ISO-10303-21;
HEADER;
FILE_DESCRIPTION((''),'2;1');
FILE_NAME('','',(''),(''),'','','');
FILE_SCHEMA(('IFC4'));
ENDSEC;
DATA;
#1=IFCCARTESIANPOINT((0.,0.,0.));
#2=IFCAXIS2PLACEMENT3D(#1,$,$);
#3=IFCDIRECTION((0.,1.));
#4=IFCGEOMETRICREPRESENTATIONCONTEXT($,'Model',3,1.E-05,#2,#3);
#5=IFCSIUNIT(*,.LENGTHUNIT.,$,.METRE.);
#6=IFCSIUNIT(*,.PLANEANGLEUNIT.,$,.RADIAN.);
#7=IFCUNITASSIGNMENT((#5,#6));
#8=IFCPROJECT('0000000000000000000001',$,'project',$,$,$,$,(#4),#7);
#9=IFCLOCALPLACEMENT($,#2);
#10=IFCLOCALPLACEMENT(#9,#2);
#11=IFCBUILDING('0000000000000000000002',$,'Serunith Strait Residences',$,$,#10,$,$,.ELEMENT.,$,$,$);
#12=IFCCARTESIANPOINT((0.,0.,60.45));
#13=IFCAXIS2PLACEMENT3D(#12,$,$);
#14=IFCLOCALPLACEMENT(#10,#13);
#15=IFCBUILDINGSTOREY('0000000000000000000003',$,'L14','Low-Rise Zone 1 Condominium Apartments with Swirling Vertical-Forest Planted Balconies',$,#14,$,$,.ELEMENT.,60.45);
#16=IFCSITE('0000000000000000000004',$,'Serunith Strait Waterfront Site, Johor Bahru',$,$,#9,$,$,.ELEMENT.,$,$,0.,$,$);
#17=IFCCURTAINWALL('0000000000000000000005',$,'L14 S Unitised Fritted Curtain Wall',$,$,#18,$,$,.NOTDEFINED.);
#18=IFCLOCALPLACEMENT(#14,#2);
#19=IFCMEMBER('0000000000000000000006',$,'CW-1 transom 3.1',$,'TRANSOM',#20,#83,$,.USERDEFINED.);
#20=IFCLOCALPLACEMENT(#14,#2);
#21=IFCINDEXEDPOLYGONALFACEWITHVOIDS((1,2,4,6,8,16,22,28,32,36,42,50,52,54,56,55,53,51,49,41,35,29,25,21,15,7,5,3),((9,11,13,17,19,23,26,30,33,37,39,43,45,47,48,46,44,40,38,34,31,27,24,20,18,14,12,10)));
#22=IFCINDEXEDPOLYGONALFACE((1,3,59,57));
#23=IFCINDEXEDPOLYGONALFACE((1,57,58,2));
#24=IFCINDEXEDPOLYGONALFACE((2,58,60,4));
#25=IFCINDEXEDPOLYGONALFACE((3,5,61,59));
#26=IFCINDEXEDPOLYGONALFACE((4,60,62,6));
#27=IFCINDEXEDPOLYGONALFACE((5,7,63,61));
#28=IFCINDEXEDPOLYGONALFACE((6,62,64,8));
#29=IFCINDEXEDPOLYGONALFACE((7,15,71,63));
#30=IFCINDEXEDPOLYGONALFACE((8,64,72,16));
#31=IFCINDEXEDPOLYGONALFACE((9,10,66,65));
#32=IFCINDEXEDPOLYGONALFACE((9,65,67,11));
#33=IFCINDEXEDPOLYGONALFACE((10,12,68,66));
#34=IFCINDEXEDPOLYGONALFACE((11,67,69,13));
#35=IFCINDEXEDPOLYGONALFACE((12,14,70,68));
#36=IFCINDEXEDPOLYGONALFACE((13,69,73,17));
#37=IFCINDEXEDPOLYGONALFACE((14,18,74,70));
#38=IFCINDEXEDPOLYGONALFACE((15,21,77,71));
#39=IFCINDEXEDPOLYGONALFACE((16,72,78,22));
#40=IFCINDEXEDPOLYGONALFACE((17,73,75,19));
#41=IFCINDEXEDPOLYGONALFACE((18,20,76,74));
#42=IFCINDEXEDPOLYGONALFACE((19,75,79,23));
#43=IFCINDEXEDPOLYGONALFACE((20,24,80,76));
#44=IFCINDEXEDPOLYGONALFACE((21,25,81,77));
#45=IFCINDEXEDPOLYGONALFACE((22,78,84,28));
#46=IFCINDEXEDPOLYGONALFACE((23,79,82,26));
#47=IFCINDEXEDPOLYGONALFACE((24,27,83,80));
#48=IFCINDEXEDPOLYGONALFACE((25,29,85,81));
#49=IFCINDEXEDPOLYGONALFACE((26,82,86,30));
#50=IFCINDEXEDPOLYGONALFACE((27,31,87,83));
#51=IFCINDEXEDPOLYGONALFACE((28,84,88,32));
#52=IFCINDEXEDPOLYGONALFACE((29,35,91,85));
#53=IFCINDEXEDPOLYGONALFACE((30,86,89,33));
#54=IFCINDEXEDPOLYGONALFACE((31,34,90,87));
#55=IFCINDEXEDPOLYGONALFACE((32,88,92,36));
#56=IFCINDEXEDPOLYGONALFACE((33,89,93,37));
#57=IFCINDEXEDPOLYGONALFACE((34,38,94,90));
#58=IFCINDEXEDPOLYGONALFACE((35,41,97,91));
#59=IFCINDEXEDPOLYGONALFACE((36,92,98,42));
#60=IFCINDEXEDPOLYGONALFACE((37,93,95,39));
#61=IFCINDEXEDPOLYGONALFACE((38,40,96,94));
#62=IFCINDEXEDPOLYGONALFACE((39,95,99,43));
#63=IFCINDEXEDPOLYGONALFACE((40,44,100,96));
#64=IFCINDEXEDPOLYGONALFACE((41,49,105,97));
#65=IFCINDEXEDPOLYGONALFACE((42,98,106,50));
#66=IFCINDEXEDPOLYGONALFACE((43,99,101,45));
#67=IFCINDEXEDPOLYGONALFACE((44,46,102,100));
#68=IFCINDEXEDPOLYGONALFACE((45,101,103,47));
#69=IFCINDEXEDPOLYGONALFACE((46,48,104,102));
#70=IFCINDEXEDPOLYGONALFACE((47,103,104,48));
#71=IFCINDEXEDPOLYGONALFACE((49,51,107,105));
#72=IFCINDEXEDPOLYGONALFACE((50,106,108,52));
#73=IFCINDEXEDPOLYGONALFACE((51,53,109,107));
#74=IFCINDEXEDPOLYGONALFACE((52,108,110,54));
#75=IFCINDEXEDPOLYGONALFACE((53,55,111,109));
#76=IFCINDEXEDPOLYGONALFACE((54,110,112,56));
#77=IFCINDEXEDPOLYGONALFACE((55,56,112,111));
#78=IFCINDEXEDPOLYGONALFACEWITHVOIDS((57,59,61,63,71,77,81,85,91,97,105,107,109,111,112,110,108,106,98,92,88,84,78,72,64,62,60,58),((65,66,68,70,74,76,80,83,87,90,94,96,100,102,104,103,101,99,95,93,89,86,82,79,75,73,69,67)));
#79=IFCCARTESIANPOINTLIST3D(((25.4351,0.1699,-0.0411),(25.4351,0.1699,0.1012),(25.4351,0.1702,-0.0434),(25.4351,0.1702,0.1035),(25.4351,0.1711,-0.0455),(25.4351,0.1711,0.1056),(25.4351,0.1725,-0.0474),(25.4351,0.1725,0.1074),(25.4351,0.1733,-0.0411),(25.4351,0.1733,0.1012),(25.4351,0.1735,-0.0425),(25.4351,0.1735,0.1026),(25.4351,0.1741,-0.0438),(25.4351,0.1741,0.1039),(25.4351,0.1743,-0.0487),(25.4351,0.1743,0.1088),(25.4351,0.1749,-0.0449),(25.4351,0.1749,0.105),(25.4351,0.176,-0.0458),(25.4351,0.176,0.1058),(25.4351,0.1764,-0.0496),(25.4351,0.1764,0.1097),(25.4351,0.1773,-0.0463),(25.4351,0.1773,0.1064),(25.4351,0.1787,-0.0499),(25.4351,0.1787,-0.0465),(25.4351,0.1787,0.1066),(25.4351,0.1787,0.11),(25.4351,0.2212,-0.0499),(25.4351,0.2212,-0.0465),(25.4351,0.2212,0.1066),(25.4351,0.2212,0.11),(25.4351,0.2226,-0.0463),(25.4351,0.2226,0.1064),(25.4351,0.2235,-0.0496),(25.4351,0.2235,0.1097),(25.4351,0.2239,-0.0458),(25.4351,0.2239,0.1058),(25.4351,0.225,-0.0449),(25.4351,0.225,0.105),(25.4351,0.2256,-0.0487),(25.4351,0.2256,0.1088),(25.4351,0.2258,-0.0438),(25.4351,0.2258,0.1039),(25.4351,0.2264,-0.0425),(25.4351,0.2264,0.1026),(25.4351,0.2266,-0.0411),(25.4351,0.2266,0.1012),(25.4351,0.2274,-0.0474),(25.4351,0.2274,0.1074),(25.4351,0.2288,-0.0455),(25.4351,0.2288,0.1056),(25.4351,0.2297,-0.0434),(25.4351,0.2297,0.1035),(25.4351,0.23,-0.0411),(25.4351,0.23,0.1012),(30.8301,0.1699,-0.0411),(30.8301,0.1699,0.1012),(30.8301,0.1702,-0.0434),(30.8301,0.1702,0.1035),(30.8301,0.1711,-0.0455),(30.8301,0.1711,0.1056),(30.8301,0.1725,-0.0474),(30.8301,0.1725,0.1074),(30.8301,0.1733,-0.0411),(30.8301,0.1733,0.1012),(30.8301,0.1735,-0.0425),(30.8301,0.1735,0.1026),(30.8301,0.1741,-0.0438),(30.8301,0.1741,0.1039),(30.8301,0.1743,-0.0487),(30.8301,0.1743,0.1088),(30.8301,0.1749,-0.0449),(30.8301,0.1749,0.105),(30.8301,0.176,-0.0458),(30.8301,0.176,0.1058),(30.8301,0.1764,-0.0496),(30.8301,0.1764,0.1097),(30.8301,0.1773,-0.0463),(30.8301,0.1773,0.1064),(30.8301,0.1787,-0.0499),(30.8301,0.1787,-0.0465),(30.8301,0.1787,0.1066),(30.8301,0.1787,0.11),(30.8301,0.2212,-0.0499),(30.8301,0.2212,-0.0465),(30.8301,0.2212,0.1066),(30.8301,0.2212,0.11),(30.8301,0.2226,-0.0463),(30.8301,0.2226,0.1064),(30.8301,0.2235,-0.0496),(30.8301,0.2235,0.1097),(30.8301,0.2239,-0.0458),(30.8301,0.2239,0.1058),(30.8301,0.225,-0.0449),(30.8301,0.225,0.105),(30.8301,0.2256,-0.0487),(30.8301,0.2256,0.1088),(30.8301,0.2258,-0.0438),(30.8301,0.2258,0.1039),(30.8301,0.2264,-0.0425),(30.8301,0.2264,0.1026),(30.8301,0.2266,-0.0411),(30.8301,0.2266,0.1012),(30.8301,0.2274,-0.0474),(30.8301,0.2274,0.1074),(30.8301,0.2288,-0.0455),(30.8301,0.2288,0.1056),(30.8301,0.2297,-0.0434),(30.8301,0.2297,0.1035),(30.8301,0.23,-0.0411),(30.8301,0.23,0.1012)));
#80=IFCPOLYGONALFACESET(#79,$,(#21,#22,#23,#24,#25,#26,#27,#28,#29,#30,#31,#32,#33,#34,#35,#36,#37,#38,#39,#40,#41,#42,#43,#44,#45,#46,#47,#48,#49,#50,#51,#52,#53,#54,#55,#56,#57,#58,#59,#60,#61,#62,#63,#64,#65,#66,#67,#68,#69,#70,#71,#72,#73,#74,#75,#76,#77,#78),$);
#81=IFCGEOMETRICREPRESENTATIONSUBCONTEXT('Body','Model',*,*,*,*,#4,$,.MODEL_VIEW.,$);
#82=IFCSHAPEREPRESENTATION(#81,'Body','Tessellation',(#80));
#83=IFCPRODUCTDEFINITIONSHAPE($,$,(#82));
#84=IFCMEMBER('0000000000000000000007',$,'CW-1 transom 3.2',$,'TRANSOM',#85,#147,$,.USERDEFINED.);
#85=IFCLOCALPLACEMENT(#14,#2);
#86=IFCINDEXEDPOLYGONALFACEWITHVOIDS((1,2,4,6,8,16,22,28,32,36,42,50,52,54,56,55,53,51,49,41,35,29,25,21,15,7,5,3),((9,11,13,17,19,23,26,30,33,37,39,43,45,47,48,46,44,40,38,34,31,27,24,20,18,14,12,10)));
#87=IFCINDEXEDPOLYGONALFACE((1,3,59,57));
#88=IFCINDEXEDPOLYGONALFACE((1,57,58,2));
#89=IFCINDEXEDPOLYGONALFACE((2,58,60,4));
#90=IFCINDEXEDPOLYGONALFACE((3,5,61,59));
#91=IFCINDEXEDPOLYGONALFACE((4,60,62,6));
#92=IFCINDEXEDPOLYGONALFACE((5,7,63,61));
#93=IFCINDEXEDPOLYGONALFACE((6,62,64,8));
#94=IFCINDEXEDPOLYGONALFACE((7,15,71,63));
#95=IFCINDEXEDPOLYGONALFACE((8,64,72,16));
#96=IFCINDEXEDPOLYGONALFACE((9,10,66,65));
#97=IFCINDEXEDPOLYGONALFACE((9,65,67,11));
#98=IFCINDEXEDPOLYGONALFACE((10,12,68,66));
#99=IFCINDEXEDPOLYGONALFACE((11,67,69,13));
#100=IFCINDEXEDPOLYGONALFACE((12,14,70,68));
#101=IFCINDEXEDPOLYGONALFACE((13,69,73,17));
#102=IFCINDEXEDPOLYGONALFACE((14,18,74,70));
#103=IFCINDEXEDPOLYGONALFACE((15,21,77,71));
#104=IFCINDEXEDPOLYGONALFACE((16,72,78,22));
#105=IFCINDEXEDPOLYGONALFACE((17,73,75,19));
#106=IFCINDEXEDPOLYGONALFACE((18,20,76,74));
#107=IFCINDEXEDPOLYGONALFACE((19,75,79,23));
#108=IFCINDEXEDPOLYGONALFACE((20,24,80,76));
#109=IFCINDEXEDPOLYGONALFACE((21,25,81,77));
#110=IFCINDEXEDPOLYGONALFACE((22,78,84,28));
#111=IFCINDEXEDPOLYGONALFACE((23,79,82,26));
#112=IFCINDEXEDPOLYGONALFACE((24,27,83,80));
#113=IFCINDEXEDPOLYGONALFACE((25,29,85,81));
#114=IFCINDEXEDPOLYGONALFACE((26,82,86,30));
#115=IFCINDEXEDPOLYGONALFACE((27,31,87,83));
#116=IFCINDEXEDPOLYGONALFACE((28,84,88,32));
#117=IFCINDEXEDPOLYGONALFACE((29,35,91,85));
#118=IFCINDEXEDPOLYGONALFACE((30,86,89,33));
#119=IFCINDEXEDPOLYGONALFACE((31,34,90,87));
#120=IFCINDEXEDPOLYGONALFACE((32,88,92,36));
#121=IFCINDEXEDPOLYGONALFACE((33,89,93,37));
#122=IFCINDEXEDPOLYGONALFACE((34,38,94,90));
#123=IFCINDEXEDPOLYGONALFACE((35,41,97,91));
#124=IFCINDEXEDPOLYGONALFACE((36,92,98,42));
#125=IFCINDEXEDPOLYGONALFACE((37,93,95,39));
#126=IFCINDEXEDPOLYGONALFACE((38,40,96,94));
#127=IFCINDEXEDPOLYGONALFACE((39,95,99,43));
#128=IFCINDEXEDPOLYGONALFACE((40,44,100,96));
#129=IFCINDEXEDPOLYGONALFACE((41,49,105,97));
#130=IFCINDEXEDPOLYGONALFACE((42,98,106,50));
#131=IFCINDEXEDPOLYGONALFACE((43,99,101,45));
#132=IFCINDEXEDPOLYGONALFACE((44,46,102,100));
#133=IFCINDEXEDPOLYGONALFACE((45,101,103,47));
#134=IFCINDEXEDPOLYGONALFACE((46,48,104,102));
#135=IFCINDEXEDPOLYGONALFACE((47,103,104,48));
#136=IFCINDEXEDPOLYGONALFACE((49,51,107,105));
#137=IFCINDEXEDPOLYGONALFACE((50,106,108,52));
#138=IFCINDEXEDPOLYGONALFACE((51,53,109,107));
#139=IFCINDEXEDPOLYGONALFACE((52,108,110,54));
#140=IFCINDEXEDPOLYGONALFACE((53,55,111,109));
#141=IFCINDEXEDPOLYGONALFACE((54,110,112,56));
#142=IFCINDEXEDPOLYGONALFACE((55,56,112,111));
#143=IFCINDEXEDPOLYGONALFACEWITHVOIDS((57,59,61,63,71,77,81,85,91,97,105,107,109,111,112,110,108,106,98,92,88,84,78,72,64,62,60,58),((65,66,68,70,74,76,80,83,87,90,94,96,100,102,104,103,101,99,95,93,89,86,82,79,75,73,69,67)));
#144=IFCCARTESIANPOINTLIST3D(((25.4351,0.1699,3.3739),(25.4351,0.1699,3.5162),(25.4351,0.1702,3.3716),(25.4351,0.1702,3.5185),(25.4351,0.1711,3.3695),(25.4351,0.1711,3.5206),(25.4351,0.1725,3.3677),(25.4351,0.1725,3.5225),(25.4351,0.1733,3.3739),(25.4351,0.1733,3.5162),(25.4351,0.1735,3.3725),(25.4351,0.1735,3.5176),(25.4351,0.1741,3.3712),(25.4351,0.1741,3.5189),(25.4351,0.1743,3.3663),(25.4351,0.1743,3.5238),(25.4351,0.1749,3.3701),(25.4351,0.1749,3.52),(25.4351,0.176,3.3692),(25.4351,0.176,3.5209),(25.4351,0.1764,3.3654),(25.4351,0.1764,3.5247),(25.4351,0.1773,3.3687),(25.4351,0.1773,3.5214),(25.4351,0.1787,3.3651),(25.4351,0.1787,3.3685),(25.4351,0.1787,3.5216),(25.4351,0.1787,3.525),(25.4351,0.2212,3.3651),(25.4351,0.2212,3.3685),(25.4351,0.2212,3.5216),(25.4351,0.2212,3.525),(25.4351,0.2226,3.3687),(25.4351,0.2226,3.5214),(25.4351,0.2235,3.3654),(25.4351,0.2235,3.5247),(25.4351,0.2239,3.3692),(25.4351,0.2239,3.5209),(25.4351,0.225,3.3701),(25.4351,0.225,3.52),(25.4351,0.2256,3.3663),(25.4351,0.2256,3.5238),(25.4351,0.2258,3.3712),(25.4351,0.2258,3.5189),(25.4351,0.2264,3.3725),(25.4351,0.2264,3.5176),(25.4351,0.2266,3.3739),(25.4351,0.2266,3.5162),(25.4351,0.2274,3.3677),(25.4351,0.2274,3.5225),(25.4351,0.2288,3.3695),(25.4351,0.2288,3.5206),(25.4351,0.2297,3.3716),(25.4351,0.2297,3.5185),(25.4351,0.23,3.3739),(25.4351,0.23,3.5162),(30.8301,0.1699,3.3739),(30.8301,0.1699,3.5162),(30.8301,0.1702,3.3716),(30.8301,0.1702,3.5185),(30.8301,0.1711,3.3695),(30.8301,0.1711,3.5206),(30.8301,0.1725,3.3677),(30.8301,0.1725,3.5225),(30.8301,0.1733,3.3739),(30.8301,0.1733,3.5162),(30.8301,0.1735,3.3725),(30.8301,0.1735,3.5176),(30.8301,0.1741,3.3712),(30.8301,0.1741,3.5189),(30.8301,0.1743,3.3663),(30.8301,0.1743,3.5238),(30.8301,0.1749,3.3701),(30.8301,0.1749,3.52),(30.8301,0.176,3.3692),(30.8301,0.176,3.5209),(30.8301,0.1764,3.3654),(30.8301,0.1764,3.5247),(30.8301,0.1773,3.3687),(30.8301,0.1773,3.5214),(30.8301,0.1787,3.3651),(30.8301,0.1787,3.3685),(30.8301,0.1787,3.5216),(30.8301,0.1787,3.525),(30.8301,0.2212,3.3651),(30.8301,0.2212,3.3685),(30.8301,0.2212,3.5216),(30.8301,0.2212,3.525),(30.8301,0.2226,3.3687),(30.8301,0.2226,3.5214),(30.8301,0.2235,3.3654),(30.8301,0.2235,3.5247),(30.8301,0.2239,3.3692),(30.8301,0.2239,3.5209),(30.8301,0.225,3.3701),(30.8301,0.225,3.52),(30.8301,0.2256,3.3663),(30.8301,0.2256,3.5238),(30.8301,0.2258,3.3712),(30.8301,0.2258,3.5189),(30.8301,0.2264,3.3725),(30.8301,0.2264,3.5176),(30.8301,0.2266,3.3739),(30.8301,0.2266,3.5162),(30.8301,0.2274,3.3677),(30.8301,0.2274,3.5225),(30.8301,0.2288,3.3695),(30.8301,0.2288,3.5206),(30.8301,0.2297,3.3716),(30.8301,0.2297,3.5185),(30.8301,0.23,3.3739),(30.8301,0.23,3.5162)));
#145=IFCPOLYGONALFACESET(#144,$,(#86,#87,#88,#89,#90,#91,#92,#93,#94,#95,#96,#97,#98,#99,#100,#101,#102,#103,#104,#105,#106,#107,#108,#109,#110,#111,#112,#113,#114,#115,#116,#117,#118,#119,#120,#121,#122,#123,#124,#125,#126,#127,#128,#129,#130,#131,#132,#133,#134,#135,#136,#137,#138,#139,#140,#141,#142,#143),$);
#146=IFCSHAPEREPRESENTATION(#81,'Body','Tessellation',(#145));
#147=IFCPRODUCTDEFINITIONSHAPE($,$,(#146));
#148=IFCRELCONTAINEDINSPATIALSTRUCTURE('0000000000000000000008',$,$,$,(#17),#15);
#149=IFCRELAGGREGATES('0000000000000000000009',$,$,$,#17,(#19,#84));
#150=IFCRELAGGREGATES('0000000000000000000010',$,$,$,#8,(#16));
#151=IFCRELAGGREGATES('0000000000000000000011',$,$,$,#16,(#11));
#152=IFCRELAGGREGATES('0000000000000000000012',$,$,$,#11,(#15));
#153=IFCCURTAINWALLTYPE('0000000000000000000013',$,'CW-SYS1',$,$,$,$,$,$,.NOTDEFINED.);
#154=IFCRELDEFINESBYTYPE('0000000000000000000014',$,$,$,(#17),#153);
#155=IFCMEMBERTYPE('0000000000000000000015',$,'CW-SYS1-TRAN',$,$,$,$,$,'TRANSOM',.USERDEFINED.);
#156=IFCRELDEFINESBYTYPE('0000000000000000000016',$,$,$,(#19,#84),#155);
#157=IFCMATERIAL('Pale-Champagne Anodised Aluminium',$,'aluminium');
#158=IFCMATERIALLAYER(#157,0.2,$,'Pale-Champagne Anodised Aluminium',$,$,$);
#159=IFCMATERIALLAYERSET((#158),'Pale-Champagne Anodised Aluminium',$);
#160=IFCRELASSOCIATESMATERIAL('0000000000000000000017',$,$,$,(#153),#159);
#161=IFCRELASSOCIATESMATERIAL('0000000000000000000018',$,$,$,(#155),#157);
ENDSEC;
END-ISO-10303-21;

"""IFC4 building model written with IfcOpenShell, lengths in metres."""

from ifc_helpers import new_model, si_unit, direction, frame, origin, origin_2d, place, context, subcontext, project, spatial, hollow_rectangle, extrude, source, transform, mapped, material, layer, layer_set, material_profile, profile_set, type_object, element, aggregate, save


model = new_model("IFC4")

# Units and contexts
model_context = context("Model", 3, precision=1e-05, world=origin(), true_north=direction((0.0, 1.0)))
body_context = subcontext(model_context, "Body", "Model", "MODEL_VIEW")
ifc_project = project(units=[si_unit("LENGTHUNIT", "METRE"), si_unit("PLANEANGLEUNIT", "RADIAN")], contexts=[model_context])

# Site, building, storey
site_placement = place(None, origin())
site = spatial("IfcSite", under=ifc_project, at=site_placement, Name="Serunith Strait Waterfront Site, Johor Bahru", CompositionType="ELEMENT", RefElevation=0.0)
building_placement = place(site_placement, origin())
building = spatial("IfcBuilding", under=site, at=building_placement, Name="Serunith Strait Residences", CompositionType="ELEMENT")
storey_placement = place(building_placement, frame((0.0, 0.0, 60.45)))
storey = spatial("IfcBuildingStorey", under=building, at=storey_placement, Name="L14", Description="Low-Rise Zone 1 Condominium Apartments with Swirling Vertical-Forest Planted Balconies", CompositionType="ELEMENT", Elevation=60.45)

# Curtain wall, members
ifc_material_1 = material(Name="Pale-Champagne Anodised Aluminium", Category="aluminium")
ifc_layer_1 = layer(ifc_material_1, 0.2, Name="Pale-Champagne Anodised Aluminium")
ifc_layer_set_1 = layer_set([ifc_layer_1], Name="Pale-Champagne Anodised Aluminium")
curtain_wall_type = type_object("IfcCurtainWallType", Name="CW-SYS1", PredefinedType="NOTDEFINED", material=ifc_layer_set_1)
curtain_wall_placement = place(storey_placement, origin())
curtain_wall = element("IfcCurtainWall", 1, at=curtain_wall_placement, inside=storey, type_object=curtain_wall_type, Name="L14 S Unitised Fritted Curtain Wall", PredefinedType="NOTDEFINED")
ifc_material_profile_1 = material_profile(ifc_material_1, hollow_rectangle(XDim=0.0601, YDim=0.1599, WallThickness=0.0034, InnerFilletRadius=0.0054, OuterFilletRadius=0.0088, at=origin_2d()), Name="ALU 160x60x3.5")
ifc_profile_set_1 = profile_set([ifc_material_profile_1], Name="Pale-Champagne Anodised Aluminium")
member_type_1 = type_object("IfcMemberType", Name="CW-SYS1-TRAN", ElementType="TRANSOM", PredefinedType="USERDEFINED", material=ifc_profile_set_1)
shared_shape_1 = source(origin(), body_context, "Body", "SweptSolid", [
    extrude(hollow_rectangle(XDim=0.0601, YDim=0.1599, WallThickness=0.0034, InnerFilletRadius=0.0054, OuterFilletRadius=0.0088, at=origin_2d()), origin(), (0.0, 0.0, 1.0), 5.395),
])
member_1_placement = place(storey_placement, frame((25.4351, 0.2, 0.03), z_axis=(1.0, 0.0, 0.0), x_axis=(0.0, 1.0, 0.0)))
member_1 = element("IfcMember", 2, at=member_1_placement, type_object=member_type_1, Name="CW-1 transom 3.1", ObjectType="TRANSOM", PredefinedType="USERDEFINED", context=body_context, shape_type="MappedRepresentation", body=[
    mapped(shared_shape_1, transform((0.0, 0.0, 0.0), scale=1.0)),
])
member_2_placement = place(storey_placement, frame((25.4351, 0.2, 3.4451), z_axis=(1.0, 0.0, 0.0), x_axis=(0.0, 1.0, 0.0)))
member_2 = element("IfcMember", 3, at=member_2_placement, type_object=member_type_1, Name="CW-1 transom 3.2", ObjectType="TRANSOM", PredefinedType="USERDEFINED", context=body_context, shape_type="MappedRepresentation", body=[
    mapped(shared_shape_1, transform((0.0, 0.0, 0.0), scale=1.0)),
])
aggregate(curtain_wall, [member_1, member_2])

save(model, "model.ifc")
